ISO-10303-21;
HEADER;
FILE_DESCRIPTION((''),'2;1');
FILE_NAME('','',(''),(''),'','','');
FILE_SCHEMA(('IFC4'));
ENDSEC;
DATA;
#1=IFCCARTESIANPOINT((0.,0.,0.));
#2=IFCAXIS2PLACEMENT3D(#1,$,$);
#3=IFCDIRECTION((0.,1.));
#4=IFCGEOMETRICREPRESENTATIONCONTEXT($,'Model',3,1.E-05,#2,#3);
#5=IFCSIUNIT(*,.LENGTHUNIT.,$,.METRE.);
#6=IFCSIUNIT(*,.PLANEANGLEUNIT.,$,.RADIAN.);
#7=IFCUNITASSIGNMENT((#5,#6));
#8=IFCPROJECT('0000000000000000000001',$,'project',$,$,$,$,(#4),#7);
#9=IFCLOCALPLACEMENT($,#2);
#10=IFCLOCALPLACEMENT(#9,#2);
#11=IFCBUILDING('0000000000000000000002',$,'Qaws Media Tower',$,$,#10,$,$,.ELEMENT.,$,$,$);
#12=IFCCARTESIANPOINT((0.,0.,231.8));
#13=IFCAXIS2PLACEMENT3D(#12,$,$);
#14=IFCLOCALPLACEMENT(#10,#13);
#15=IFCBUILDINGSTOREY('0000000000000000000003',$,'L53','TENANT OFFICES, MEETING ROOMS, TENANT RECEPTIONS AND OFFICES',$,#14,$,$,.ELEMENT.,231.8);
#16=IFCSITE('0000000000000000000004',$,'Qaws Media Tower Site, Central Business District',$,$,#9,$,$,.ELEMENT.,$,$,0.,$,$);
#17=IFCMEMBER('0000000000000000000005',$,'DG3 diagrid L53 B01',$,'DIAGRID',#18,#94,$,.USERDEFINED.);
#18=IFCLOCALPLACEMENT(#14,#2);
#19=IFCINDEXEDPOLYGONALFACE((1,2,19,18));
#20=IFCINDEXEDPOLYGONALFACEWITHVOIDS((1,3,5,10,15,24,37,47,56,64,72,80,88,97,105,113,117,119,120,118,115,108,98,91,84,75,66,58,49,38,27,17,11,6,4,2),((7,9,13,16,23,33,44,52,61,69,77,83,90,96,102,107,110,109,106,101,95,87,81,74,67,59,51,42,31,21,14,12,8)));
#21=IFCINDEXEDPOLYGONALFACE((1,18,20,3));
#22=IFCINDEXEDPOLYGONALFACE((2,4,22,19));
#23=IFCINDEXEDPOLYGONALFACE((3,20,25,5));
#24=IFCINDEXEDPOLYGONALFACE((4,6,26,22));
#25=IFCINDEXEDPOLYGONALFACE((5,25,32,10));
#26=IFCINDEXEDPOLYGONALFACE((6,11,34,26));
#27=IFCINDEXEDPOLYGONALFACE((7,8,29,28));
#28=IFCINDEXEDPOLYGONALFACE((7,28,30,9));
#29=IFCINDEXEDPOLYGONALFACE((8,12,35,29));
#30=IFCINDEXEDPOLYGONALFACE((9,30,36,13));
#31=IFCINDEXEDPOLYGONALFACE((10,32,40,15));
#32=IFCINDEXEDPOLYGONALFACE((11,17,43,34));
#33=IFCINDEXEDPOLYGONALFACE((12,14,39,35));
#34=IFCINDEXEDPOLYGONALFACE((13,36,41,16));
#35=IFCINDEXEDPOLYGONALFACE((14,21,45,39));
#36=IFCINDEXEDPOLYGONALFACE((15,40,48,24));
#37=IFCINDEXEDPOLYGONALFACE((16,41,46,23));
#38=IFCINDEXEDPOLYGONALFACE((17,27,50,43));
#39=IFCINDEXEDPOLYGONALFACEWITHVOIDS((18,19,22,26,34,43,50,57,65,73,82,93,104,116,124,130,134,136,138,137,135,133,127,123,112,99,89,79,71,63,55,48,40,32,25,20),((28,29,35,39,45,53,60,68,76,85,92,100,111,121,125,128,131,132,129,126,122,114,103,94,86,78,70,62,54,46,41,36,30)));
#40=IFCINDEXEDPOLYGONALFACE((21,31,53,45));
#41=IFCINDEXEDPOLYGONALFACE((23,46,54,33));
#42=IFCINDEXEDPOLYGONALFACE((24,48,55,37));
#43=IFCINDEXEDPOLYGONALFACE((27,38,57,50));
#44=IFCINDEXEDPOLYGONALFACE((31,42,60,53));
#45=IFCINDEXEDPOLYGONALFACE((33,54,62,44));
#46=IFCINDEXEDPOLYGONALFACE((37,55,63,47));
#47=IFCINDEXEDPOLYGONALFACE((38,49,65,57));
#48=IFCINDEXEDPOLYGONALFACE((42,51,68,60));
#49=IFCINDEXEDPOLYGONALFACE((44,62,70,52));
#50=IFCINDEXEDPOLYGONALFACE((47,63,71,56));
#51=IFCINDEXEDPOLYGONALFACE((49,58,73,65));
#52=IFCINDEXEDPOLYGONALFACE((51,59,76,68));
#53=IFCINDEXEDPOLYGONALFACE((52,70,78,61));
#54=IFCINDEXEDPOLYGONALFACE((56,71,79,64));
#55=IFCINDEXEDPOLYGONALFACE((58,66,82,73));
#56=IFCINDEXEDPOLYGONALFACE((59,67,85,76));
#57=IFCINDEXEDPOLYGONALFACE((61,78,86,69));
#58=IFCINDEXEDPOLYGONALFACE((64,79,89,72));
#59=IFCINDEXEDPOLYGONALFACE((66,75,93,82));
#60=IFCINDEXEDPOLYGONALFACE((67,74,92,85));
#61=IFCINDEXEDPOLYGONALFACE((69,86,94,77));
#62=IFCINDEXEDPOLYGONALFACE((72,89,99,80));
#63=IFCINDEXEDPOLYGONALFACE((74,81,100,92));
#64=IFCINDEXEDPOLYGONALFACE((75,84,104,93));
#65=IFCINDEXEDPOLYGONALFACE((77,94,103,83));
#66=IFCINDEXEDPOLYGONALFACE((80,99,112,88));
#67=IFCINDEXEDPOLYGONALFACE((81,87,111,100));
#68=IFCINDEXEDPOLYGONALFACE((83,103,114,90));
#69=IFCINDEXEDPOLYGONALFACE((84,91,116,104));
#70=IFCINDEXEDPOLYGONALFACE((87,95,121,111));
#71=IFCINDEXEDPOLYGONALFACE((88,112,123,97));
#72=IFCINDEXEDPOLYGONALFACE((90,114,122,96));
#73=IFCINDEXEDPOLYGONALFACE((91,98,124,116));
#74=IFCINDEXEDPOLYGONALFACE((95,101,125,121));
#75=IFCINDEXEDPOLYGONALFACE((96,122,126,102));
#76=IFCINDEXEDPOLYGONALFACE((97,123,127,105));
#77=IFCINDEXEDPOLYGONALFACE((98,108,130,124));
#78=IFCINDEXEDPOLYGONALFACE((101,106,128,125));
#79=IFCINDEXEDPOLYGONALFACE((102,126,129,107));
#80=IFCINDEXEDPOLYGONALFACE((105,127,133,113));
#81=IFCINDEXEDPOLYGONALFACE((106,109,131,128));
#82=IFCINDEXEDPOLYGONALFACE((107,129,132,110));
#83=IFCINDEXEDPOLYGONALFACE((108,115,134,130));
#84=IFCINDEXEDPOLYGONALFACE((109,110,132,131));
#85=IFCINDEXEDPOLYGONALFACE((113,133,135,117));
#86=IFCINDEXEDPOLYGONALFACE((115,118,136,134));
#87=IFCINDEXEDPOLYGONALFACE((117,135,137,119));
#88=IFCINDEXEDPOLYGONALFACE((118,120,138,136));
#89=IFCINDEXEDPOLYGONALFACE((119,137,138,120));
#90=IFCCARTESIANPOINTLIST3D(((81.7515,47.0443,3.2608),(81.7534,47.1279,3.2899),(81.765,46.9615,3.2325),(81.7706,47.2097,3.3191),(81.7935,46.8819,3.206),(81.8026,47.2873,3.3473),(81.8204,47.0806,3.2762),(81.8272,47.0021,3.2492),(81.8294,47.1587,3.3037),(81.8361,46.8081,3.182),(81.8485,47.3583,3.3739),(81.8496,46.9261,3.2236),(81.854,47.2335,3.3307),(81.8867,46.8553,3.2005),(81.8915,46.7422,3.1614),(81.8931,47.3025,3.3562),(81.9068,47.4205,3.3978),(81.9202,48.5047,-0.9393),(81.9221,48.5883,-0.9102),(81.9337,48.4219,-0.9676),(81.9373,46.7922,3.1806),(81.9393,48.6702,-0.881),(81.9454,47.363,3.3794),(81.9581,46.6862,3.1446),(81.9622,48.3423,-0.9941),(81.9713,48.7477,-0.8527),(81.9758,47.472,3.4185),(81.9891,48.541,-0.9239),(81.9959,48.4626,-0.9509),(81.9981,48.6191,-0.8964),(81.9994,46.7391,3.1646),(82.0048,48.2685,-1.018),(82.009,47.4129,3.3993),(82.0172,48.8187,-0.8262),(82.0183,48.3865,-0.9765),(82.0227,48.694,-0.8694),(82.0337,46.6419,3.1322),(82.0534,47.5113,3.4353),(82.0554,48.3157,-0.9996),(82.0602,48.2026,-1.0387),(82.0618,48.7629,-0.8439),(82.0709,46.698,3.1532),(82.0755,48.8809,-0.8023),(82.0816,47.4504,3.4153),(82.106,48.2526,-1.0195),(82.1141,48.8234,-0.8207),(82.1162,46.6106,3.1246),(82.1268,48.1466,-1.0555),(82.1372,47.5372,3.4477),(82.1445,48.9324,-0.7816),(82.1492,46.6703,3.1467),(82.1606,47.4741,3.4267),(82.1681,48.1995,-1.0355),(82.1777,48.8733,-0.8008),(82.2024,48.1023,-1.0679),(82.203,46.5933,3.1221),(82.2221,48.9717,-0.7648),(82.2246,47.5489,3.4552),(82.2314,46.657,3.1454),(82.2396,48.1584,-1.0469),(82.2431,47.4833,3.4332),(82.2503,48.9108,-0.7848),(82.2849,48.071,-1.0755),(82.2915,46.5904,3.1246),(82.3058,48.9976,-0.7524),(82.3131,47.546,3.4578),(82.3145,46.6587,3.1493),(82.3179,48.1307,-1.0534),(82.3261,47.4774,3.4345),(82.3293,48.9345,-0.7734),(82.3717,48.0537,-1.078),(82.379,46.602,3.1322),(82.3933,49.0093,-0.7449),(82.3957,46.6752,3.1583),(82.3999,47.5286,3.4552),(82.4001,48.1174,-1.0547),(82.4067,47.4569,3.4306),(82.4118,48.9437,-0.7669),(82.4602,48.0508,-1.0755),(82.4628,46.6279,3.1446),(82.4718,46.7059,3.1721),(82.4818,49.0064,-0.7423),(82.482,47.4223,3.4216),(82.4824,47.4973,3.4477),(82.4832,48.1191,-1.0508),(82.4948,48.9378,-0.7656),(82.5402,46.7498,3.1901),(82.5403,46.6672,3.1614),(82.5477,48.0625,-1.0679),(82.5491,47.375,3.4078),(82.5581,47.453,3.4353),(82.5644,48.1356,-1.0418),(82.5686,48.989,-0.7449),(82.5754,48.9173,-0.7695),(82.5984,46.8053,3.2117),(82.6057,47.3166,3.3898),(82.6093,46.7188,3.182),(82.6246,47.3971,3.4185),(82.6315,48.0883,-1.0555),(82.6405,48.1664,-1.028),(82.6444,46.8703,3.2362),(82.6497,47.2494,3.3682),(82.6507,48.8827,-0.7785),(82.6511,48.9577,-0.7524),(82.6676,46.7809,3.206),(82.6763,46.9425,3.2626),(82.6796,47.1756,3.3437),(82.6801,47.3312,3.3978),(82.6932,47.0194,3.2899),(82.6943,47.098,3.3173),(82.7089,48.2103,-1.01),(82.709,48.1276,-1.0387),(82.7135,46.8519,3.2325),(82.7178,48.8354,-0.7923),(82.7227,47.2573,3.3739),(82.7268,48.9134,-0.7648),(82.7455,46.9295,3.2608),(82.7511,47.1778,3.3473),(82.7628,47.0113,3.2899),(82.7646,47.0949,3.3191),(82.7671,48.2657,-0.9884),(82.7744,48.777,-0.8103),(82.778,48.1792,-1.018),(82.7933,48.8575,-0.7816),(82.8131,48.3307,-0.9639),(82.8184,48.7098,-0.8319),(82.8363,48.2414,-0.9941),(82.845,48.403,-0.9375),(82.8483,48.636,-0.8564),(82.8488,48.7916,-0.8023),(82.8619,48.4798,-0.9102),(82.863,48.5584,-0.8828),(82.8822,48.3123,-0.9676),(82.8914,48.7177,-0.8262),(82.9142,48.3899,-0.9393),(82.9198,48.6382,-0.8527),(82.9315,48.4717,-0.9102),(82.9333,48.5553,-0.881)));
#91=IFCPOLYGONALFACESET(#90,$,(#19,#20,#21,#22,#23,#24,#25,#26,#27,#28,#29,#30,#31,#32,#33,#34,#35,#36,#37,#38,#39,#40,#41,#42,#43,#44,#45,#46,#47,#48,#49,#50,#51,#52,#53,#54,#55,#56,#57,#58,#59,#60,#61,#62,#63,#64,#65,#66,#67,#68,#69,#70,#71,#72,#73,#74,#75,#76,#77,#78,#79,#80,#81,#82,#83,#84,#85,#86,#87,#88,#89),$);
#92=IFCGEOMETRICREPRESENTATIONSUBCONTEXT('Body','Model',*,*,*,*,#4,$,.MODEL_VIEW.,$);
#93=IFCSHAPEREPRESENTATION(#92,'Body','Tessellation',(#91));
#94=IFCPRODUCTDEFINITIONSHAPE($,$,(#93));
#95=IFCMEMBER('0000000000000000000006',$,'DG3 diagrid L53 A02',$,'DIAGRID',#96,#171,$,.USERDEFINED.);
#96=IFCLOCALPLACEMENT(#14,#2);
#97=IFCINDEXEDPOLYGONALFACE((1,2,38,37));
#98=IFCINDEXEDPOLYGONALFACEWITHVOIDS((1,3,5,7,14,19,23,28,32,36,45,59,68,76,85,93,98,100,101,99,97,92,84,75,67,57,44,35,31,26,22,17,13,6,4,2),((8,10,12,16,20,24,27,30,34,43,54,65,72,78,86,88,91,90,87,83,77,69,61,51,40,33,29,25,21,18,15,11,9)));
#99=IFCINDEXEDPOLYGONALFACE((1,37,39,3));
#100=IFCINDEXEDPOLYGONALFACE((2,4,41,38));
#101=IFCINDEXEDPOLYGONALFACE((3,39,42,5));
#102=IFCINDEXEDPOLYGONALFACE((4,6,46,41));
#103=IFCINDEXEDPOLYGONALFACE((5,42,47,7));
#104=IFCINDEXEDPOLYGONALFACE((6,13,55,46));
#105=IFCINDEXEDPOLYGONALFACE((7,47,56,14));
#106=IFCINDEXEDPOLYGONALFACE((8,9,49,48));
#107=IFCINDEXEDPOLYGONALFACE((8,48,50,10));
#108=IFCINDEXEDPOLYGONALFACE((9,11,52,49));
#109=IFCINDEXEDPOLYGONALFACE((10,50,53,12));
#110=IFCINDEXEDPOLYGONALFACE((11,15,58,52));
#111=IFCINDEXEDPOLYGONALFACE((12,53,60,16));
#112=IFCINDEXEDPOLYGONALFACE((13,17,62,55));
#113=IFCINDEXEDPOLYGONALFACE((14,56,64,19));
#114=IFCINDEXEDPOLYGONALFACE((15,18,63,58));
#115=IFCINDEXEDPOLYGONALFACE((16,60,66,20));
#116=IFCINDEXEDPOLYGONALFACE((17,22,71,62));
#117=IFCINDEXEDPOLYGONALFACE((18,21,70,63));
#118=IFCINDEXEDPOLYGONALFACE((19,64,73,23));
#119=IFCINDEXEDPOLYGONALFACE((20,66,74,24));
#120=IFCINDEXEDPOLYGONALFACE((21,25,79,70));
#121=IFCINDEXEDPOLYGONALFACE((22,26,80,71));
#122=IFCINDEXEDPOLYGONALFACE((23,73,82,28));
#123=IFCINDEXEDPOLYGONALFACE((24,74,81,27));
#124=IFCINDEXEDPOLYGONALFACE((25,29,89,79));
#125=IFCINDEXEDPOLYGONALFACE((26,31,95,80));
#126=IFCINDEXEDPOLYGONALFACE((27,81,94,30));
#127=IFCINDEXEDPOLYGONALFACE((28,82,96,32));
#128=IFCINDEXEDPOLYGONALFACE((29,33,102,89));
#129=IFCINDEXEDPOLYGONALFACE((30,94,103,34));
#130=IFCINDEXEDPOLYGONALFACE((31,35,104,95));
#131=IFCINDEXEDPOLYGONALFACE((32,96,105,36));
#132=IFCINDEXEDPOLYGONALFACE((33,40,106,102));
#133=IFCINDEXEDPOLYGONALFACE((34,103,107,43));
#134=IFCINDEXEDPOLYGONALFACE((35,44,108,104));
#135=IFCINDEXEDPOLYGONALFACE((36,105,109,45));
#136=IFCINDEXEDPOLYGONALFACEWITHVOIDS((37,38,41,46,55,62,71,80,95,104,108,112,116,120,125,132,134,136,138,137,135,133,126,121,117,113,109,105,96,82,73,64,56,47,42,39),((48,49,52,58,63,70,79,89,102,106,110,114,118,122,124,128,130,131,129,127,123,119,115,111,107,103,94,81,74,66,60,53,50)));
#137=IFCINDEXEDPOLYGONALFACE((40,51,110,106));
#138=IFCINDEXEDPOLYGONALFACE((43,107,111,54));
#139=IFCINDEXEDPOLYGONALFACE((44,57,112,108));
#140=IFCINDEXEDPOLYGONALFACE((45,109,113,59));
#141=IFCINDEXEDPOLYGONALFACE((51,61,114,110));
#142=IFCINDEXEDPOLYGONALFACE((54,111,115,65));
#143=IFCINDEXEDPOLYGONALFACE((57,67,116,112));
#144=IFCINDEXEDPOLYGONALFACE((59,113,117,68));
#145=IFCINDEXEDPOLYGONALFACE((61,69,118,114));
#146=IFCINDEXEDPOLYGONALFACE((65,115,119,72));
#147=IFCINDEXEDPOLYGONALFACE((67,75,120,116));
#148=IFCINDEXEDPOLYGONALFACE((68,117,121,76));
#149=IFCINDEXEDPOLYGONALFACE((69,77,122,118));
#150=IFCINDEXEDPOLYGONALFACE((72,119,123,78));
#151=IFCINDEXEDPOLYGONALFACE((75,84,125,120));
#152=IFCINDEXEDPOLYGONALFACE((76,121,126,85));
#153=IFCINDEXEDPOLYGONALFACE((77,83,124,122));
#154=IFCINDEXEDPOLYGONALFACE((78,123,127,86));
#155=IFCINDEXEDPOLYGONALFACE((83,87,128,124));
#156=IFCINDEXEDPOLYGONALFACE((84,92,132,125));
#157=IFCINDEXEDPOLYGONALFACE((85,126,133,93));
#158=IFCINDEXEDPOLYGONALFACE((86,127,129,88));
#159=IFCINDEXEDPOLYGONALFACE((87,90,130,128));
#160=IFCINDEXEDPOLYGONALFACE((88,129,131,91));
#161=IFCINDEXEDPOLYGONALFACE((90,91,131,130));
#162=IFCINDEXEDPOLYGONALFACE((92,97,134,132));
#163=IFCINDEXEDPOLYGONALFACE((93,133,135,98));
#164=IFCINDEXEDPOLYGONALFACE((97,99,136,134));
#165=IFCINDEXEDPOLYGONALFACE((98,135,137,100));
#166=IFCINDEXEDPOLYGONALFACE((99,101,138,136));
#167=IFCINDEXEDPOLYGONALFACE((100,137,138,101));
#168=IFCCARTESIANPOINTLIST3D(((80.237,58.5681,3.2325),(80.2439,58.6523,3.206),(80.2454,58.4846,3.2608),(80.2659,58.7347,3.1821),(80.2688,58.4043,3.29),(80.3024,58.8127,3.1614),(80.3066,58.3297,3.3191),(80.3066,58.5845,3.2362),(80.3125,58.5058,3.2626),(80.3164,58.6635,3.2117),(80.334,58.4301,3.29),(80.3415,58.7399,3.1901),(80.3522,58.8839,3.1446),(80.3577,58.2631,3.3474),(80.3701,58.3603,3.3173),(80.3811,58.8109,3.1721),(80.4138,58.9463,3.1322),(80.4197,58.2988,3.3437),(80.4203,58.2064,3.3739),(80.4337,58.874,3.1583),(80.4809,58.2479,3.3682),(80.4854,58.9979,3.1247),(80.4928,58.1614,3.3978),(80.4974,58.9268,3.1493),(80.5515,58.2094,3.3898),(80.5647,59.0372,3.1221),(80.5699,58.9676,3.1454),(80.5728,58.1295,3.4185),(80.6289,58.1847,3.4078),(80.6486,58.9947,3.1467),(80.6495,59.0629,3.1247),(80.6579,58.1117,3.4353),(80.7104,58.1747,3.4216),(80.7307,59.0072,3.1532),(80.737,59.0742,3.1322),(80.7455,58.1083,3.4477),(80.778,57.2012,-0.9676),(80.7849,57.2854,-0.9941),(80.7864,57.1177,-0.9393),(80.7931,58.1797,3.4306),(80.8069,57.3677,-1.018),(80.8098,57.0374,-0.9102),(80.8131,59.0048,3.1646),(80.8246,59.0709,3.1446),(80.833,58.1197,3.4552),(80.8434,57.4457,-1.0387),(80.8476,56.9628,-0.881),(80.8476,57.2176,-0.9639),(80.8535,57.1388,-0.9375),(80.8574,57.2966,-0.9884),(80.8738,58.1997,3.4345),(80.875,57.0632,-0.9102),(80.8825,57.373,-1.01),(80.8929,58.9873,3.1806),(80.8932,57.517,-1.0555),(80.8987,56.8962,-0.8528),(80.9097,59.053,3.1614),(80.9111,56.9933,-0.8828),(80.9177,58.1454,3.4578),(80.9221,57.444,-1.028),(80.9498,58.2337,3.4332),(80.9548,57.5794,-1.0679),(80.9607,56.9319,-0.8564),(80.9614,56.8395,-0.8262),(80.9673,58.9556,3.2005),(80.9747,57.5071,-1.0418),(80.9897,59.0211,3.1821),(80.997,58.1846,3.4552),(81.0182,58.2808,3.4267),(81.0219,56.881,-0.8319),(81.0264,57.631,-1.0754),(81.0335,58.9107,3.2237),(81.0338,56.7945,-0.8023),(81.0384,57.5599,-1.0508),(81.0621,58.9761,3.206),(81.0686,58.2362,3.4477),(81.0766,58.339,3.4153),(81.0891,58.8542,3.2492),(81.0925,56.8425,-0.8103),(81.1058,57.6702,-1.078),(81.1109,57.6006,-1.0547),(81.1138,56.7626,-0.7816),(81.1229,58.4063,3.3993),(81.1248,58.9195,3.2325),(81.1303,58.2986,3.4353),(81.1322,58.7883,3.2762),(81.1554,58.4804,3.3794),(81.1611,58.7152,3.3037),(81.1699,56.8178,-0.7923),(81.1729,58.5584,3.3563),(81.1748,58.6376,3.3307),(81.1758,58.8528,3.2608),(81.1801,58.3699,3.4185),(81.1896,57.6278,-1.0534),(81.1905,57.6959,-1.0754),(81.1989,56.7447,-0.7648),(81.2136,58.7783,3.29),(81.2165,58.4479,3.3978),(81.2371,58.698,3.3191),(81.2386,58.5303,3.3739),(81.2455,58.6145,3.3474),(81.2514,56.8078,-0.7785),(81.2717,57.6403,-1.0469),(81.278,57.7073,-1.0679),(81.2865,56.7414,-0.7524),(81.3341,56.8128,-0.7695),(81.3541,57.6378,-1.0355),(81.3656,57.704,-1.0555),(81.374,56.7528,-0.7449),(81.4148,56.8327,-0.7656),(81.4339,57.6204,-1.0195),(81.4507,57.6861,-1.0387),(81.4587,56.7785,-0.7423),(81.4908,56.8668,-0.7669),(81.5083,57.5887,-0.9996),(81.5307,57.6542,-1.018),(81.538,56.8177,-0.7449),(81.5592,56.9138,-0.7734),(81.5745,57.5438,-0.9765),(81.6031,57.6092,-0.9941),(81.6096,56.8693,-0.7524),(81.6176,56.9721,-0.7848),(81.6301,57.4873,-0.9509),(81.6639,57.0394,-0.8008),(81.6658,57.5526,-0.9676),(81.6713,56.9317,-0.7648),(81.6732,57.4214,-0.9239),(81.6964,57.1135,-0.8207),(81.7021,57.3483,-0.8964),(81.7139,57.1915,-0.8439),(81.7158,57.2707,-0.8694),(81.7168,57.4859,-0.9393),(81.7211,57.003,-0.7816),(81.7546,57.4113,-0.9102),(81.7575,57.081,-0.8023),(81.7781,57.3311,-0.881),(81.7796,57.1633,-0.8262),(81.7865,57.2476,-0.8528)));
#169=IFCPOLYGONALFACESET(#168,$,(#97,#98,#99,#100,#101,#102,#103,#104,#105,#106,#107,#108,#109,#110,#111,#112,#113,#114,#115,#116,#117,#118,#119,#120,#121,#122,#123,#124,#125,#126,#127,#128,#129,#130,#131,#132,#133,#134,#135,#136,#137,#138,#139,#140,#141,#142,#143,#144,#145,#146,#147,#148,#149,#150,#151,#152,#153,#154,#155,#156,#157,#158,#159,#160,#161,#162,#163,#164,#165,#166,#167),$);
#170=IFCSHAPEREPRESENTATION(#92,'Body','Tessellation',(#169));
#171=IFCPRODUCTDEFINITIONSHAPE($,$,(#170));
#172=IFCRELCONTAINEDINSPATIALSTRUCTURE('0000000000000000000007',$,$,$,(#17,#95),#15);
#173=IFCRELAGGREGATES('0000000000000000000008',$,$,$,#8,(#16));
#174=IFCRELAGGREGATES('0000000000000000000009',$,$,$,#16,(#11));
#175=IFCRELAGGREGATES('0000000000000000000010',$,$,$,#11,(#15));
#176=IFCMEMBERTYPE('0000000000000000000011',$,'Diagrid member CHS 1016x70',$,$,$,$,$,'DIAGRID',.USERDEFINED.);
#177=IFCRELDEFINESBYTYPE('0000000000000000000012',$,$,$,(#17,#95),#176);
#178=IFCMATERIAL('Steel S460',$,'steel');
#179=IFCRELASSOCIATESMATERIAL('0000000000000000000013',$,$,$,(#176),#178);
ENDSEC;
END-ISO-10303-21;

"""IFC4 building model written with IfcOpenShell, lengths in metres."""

from ifc_helpers import new_model, si_unit, direction, frame, origin, origin_2d, place, context, subcontext, project, spatial, hollow_circle, extrude, material, material_profile, profile_set, type_object, element, save


model = new_model("IFC4")

# Units and contexts
model_context = context("Model", 3, precision=1e-05, world=origin(), true_north=direction((0.0, 1.0)))
body_context = subcontext(model_context, "Body", "Model", "MODEL_VIEW")
ifc_project = project(units=[si_unit("LENGTHUNIT", "METRE"), si_unit("PLANEANGLEUNIT", "RADIAN")], contexts=[model_context])

# Site, building, storey
site_placement = place(None, origin())
site = spatial("IfcSite", under=ifc_project, at=site_placement, Name="Qaws Media Tower Site, Central Business District", CompositionType="ELEMENT", RefElevation=0.0)
building_placement = place(site_placement, origin())
building = spatial("IfcBuilding", under=site, at=building_placement, Name="Qaws Media Tower", CompositionType="ELEMENT")
storey_placement = place(building_placement, frame((0.0, 0.0, 231.8)))
storey = spatial("IfcBuildingStorey", under=building, at=storey_placement, Name="L53", Description="TENANT OFFICES, MEETING ROOMS, TENANT RECEPTIONS AND OFFICES", CompositionType="ELEMENT", Elevation=231.8)

# Members
ifc_material_1 = material(Name="Steel S460", Category="steel")
ifc_material_profile_1 = material_profile(ifc_material_1, hollow_circle(Radius=0.5081, WallThickness=0.0701, at=origin_2d()), Name="CHS 1016x70")
ifc_profile_set_1 = profile_set([ifc_material_profile_1], Name="Steel S460")
member_type_1 = type_object("IfcMemberType", Name="Diagrid member CHS 1016x70", ElementType="DIAGRID", PredefinedType="USERDEFINED", material=ifc_profile_set_1)
for number, where, z_axis, x_axis, name in (
    (1, (82.4268, 48.53, -0.9102), (-0.03791, -0.328187, 0.943852), (0.993394, -0.11475, 0.0), "DG3 diagrid L53 B01"),
    (2, (81.2822, 57.2244, -0.9102), (-0.121575, 0.307175, 0.943855), (-0.929822, -0.36801, 0.0), "DG3 diagrid L53 A02"),
):
    element("IfcMember", number, at=place(storey_placement, frame(where, z_axis=z_axis, x_axis=x_axis)), inside=storey, type_object=member_type_1, Name=name, ObjectType="DIAGRID", PredefinedType="USERDEFINED", context=body_context, shape_type="SweptSolid", body=[
        extrude(hollow_circle(Radius=0.5081, WallThickness=0.0701, at=origin_2d()), origin(), (0.0, 0.0, 1.0), 4.45),
    ])

save(model, "model.ifc")
